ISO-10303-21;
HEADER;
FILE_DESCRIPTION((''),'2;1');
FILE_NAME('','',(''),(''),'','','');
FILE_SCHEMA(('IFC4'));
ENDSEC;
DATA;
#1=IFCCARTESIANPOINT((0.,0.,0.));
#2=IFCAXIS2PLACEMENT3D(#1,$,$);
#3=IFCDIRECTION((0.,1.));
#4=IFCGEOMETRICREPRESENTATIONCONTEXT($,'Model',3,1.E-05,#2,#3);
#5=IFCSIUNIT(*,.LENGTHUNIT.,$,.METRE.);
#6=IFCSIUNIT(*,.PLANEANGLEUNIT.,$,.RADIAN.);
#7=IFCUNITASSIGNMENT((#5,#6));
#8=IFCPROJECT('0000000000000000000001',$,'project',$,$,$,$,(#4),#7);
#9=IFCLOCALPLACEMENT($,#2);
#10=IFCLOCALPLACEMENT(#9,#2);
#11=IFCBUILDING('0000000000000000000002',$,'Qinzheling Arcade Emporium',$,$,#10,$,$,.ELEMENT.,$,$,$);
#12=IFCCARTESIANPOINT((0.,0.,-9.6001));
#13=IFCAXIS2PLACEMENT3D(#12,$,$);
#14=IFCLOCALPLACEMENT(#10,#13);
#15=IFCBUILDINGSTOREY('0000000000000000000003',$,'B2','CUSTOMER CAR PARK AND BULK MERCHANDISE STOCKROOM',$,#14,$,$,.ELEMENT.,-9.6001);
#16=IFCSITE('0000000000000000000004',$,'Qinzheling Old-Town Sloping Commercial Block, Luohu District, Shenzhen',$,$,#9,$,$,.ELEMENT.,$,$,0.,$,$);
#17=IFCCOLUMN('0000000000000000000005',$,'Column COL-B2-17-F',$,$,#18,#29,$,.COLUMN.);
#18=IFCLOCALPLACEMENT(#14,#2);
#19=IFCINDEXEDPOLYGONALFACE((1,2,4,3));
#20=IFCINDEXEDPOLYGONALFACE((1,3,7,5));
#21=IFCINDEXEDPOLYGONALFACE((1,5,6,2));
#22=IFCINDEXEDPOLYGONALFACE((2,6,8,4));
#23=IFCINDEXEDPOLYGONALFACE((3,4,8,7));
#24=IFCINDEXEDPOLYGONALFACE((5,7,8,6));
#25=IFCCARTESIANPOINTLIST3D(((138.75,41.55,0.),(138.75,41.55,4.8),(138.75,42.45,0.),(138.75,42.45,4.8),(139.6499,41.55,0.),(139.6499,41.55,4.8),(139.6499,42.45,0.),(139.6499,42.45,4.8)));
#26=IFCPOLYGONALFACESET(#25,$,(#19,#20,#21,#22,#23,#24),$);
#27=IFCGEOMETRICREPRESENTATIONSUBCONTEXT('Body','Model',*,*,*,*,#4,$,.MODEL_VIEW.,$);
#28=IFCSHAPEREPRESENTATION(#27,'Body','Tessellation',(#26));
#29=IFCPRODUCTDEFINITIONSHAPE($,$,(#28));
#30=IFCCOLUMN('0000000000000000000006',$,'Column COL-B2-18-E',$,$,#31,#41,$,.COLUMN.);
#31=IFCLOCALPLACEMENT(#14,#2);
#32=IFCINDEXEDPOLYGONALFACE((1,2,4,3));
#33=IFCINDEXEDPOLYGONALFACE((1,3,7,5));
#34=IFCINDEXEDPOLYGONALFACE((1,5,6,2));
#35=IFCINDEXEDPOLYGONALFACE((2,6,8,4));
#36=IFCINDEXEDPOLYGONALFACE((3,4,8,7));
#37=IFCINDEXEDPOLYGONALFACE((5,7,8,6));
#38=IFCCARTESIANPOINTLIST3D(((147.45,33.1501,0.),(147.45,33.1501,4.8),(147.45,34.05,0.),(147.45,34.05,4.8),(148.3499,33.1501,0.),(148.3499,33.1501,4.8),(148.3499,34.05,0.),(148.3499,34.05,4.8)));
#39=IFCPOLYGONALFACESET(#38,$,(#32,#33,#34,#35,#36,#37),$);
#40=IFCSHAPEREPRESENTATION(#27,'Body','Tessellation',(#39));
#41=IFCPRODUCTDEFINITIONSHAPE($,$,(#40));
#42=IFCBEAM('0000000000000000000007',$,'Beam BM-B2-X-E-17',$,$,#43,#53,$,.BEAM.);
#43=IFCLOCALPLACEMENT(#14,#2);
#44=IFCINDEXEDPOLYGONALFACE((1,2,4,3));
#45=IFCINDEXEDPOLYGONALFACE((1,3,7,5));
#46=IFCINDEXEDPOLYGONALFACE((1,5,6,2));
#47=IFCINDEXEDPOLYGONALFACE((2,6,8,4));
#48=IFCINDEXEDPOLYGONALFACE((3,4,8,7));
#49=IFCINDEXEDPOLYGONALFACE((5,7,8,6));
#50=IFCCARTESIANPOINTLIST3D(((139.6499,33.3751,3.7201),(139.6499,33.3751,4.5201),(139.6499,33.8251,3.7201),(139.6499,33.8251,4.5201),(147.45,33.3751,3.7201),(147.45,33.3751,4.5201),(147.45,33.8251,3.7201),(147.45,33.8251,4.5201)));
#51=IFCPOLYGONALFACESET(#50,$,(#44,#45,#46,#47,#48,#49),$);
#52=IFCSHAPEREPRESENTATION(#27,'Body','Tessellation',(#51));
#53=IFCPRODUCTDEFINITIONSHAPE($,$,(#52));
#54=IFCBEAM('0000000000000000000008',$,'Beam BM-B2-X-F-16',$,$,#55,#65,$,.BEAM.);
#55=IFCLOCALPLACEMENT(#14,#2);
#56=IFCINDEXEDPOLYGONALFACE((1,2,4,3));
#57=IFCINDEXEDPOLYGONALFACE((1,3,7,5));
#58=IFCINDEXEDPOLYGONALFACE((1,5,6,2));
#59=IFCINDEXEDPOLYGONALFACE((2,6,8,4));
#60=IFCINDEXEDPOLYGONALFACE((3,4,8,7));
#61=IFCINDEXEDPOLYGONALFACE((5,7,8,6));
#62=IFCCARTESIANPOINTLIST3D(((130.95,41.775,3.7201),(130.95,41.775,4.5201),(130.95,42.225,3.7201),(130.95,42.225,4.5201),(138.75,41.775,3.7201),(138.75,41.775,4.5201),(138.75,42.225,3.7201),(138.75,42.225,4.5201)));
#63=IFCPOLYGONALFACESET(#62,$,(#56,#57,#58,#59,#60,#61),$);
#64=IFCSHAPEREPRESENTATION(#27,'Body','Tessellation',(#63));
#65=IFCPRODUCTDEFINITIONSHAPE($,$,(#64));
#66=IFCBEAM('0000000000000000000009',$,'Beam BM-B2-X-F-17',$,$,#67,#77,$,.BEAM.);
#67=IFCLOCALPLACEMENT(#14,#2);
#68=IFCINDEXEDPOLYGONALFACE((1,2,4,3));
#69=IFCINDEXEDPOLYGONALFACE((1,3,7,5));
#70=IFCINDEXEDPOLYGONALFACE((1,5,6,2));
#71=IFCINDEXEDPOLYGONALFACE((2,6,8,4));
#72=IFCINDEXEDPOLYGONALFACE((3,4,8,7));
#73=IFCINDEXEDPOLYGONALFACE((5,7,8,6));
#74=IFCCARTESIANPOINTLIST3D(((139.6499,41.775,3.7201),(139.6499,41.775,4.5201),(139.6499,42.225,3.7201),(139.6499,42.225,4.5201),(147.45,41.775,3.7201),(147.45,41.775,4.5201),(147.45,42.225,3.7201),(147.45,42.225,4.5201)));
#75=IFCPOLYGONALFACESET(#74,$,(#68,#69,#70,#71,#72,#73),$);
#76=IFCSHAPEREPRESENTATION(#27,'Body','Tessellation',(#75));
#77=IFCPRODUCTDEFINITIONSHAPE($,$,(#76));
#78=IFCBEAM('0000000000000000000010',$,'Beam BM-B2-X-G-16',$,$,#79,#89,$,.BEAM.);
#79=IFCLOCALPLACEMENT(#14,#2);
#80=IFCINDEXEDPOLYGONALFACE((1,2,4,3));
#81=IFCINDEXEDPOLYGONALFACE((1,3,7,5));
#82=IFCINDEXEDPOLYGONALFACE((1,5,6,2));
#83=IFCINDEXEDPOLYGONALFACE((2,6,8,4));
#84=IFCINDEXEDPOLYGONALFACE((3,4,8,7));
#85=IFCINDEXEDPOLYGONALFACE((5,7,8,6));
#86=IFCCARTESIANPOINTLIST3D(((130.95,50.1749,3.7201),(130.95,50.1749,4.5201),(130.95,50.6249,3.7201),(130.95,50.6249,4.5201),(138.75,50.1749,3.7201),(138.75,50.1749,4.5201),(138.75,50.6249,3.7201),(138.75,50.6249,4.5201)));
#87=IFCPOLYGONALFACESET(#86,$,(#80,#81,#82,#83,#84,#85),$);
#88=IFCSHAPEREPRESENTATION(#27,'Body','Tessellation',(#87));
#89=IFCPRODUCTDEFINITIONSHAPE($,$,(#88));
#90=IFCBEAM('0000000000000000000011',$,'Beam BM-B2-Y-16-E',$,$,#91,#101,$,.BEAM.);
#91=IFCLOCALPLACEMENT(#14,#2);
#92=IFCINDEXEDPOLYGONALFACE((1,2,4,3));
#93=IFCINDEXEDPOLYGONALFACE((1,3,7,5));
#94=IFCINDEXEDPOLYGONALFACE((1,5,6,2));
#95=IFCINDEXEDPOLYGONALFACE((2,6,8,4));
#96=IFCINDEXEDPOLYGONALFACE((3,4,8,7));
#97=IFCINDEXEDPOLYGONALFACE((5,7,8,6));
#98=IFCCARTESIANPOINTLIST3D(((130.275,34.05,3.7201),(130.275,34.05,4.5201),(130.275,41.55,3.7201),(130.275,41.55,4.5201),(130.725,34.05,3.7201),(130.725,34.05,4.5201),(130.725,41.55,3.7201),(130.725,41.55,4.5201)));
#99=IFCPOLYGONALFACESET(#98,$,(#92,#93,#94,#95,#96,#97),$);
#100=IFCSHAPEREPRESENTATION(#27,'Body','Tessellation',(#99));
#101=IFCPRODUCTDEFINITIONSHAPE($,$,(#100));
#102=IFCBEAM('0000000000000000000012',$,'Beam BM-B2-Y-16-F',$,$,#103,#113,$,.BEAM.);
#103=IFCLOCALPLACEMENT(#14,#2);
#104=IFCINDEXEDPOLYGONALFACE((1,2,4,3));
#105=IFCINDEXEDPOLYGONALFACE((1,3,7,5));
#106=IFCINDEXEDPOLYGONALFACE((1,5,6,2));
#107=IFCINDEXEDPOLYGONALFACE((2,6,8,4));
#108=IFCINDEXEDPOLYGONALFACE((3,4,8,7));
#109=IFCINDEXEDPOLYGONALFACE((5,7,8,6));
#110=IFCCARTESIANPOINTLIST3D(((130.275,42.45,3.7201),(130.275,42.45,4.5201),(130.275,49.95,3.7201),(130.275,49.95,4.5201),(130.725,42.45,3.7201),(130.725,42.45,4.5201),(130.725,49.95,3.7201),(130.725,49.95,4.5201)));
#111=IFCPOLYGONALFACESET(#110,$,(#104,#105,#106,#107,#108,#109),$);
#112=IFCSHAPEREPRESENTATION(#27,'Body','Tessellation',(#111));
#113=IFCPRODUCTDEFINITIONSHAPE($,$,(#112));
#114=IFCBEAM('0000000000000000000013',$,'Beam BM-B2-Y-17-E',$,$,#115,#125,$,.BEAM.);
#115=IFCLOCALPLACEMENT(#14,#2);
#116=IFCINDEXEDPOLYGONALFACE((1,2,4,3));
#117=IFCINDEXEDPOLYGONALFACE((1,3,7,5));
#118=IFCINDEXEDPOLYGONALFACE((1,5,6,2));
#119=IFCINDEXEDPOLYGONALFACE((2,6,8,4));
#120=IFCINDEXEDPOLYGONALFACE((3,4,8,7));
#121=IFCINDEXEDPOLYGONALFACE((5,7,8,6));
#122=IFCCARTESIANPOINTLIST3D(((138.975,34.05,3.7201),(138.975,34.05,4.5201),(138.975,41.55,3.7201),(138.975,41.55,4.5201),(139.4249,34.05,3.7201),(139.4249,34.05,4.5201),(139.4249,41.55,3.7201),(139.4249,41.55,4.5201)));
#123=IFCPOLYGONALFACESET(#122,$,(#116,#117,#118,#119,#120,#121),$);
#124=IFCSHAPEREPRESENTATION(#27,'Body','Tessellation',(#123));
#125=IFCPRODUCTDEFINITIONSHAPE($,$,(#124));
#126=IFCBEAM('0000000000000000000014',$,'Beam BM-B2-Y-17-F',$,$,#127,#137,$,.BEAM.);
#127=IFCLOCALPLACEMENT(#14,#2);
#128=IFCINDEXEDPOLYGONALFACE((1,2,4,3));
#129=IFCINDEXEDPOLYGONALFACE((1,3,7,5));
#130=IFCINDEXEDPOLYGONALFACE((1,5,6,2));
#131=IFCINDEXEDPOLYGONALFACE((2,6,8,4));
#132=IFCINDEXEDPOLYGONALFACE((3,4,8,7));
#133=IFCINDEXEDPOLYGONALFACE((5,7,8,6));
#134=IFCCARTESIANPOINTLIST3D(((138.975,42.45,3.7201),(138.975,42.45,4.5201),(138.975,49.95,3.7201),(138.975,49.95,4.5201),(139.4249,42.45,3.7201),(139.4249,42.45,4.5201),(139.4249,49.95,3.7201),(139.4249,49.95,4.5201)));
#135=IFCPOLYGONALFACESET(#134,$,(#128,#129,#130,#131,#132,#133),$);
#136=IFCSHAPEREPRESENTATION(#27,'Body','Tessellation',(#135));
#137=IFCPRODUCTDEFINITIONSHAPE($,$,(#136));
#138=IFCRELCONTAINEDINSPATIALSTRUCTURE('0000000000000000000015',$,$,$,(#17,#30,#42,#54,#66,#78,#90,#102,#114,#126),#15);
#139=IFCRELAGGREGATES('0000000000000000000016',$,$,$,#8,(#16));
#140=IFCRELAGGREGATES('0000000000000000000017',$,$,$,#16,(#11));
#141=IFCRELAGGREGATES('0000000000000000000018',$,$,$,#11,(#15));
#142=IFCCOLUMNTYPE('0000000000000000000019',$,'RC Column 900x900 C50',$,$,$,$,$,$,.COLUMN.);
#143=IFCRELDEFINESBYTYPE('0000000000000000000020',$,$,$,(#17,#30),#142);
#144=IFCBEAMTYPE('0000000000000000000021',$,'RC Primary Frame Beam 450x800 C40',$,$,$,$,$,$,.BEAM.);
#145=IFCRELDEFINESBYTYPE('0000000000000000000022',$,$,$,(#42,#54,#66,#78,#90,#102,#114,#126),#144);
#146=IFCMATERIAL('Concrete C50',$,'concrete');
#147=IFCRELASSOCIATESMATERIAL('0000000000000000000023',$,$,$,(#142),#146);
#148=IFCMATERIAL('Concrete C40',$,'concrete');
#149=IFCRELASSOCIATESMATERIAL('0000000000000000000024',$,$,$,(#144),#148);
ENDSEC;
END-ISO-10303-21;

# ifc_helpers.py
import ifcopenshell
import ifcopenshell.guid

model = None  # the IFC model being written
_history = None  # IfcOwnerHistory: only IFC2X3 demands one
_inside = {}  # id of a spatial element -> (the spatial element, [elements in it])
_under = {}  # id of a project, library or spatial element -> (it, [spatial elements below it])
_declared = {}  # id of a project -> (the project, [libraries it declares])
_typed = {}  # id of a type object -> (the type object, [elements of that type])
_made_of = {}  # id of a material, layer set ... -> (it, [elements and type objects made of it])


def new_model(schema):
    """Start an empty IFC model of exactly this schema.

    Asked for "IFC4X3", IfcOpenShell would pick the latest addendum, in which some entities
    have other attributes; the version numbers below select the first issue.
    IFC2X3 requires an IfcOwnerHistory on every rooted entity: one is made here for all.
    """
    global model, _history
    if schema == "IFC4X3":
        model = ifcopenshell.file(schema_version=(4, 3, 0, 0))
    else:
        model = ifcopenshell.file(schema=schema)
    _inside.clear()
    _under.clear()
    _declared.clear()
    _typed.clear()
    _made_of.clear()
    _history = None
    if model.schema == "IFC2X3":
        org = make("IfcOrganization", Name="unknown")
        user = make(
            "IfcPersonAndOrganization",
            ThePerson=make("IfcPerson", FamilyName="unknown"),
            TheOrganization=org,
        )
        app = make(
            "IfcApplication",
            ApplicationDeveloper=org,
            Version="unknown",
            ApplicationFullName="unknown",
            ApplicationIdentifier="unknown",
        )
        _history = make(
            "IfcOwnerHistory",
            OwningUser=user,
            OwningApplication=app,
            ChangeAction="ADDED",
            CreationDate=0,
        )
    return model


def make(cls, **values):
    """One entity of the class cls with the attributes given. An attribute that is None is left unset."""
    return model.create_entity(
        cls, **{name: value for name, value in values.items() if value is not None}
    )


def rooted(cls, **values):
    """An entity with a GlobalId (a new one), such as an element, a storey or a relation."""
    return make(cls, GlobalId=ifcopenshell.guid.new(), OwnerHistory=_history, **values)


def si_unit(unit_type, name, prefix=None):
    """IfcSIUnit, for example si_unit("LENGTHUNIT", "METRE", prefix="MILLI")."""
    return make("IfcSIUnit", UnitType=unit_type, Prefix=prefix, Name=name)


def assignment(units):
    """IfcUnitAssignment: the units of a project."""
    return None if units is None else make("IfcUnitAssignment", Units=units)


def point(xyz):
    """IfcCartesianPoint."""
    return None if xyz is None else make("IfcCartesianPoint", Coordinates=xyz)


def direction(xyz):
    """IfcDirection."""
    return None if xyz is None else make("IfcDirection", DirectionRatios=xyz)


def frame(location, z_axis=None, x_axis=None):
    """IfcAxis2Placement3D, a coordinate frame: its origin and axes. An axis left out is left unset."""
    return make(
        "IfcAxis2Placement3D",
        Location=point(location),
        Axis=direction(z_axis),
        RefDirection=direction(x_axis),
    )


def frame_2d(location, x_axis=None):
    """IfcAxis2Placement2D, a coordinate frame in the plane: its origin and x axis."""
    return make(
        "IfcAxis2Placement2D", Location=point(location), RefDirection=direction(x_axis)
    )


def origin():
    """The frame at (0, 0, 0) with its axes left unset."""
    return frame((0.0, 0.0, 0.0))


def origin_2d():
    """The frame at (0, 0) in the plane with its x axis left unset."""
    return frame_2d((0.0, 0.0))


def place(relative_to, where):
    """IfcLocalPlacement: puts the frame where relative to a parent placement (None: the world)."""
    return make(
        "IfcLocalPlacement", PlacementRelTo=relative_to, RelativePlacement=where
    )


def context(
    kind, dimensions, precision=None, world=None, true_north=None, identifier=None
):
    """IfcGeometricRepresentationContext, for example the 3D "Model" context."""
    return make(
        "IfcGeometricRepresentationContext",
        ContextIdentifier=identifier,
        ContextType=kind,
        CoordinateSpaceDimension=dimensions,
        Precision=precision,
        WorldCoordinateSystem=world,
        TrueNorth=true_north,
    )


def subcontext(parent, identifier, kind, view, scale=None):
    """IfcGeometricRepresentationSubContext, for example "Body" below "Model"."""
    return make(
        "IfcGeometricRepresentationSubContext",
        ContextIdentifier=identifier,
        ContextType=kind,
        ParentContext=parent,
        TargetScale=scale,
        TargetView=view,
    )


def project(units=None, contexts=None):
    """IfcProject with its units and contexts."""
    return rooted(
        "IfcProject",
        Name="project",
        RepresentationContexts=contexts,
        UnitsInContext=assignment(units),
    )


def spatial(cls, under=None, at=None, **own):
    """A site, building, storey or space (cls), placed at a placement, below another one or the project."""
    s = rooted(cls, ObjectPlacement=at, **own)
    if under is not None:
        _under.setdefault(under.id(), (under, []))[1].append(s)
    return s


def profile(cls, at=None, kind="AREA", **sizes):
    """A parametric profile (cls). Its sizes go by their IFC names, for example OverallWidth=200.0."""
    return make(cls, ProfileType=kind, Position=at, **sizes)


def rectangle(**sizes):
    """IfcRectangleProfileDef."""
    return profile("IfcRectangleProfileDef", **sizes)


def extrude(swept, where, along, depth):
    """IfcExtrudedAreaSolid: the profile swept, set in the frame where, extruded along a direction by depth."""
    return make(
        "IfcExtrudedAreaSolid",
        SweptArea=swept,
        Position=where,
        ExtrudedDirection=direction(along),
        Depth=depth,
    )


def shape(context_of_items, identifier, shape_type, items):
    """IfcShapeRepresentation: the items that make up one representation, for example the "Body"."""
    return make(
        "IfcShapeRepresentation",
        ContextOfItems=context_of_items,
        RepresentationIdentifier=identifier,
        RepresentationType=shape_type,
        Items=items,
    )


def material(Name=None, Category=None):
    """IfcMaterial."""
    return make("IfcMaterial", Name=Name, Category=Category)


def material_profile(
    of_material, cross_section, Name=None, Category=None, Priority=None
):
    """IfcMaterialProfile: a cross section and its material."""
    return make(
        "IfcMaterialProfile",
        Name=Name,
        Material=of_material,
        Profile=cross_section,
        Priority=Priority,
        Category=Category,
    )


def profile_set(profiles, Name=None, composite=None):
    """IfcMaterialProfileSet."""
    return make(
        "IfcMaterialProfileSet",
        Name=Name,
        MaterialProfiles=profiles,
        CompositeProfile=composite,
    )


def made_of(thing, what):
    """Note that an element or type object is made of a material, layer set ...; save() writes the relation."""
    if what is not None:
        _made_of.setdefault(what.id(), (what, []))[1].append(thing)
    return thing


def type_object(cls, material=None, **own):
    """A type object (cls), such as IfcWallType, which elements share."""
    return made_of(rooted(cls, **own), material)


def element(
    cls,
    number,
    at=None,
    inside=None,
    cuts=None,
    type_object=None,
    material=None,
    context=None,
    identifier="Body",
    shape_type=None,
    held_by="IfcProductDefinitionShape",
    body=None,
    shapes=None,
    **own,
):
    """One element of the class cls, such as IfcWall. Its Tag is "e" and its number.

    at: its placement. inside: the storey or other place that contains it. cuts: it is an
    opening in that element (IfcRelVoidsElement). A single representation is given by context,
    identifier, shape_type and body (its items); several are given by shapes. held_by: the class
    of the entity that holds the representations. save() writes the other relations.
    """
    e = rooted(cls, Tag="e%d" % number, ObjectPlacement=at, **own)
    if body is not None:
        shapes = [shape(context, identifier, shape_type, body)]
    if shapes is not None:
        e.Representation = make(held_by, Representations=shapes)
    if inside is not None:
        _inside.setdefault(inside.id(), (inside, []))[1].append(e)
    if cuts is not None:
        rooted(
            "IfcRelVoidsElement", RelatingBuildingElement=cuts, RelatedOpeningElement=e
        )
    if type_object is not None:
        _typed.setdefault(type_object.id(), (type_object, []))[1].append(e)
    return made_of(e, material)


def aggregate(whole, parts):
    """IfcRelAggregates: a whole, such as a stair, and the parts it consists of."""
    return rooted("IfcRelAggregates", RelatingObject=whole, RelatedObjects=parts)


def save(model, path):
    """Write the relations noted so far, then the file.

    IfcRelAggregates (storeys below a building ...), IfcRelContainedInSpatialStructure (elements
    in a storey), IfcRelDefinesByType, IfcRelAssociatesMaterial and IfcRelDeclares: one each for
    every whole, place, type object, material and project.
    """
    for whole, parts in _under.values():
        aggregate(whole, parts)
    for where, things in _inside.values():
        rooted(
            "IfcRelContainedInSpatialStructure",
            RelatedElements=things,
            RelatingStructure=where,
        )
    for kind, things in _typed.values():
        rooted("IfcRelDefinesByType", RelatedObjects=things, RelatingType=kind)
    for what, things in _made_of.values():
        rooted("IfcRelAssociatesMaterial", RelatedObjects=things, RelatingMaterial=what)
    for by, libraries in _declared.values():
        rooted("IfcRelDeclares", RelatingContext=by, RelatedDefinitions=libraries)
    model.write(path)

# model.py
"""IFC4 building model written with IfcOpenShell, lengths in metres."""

from ifc_helpers import new_model, si_unit, direction, frame, origin, origin_2d, place, context, subcontext, project, spatial, rectangle, extrude, material, material_profile, profile_set, type_object, element, save


model = new_model("IFC4")

# Units and contexts
model_context = context("Model", 3, precision=1e-05, world=origin(), true_north=direction((0.0, 1.0)))
body_context = subcontext(model_context, "Body", "Model", "MODEL_VIEW")
ifc_project = project(units=[si_unit("LENGTHUNIT", "METRE"), si_unit("PLANEANGLEUNIT", "RADIAN")], contexts=[model_context])

# Site, building, storey
site_placement = place(None, origin())
site = spatial("IfcSite", under=ifc_project, at=site_placement, Name="Qinzheling Old-Town Sloping Commercial Block, Luohu District, Shenzhen", CompositionType="ELEMENT", RefElevation=0.0)
building_placement = place(site_placement, origin())
building = spatial("IfcBuilding", under=site, at=building_placement, Name="Qinzheling Arcade Emporium", CompositionType="ELEMENT")
storey_placement = place(building_placement, frame((0.0, 0.0, -9.6001)))
storey = spatial("IfcBuildingStorey", under=building, at=storey_placement, Name="B2", Description="CUSTOMER CAR PARK AND BULK MERCHANDISE STOCKROOM", CompositionType="ELEMENT", Elevation=-9.6001)

# Shared definitions
ifc_material_1 = material(Name="Concrete C40", Category="concrete")

# Columns
ifc_material_2 = material(Name="Concrete C50", Category="concrete")
ifc_material_profile_1 = material_profile(ifc_material_2, rectangle(XDim=0.8999, YDim=0.8999, at=origin_2d()), Name="RC 900x900", Category="concrete")
ifc_profile_set_1 = profile_set([ifc_material_profile_1], Name="Concrete C50")
column_type = type_object("IfcColumnType", Name="RC Column 900x900 C50", PredefinedType="COLUMN", material=ifc_profile_set_1)
for number, where, z_axis, x_axis, name in (
    (1, (139.2, 42.0, 0.0), (0.0, 0.0, 1.0), (1.0, 0.0, 0.0), "Column COL-B2-17-F"),
    (2, (147.8999, 33.6001, 0.0), (0.0, 0.0, 1.0), (1.0, 0.0, 0.0), "Column COL-B2-18-E"),
):
    element("IfcColumn", number, at=place(storey_placement, frame(where, z_axis=z_axis, x_axis=x_axis)), inside=storey, type_object=column_type, Name=name, PredefinedType="COLUMN", context=body_context, shape_type="SweptSolid", body=[
        extrude(rectangle(XDim=0.8999, YDim=0.8999, at=origin_2d()), origin(), (0.0, 0.0, 1.0), 4.8),
    ])

# Beams
ifc_material_profile_2 = material_profile(ifc_material_1, rectangle(XDim=0.45, YDim=0.8, at=origin_2d()), Name="RC 450x800", Category="concrete")
ifc_profile_set_2 = profile_set([ifc_material_profile_2], Name="Concrete C40")
beam_type = type_object("IfcBeamType", Name="RC Primary Frame Beam 450x800 C40", PredefinedType="BEAM", material=ifc_profile_set_2)
for number, where, z_axis, x_axis, name in (
    (3, (139.6499, 33.6001, 4.1201), (1.0, 0.0, 0.0), (0.0, 1.0, 0.0), "Beam BM-B2-X-E-17"),
    (4, (130.95, 42.0, 4.1201), (1.0, 0.0, 0.0), (0.0, 1.0, 0.0), "Beam BM-B2-X-F-16"),
    (5, (139.6499, 42.0, 4.1201), (1.0, 0.0, 0.0), (0.0, 1.0, 0.0), "Beam BM-B2-X-F-17"),
    (6, (130.95, 50.3999, 4.1201), (1.0, 0.0, 0.0), (0.0, 1.0, 0.0), "Beam BM-B2-X-G-16"),
):
    element("IfcBeam", number, at=place(storey_placement, frame(where, z_axis=z_axis, x_axis=x_axis)), inside=storey, type_object=beam_type, Name=name, PredefinedType="BEAM", context=body_context, shape_type="SweptSolid", body=[
        extrude(rectangle(XDim=0.45, YDim=0.8, at=origin_2d()), origin(), (0.0, 0.0, 1.0), 7.8),
    ])
for number, where, z_axis, x_axis, name in (
    (7, (130.5, 34.05, 4.1201), (0.0, 1.0, 0.0), (-1.0, 0.0, 0.0), "Beam BM-B2-Y-16-E"),
    (8, (130.5, 42.45, 4.1201), (0.0, 1.0, 0.0), (-1.0, 0.0, 0.0), "Beam BM-B2-Y-16-F"),
    (9, (139.2, 34.05, 4.1201), (0.0, 1.0, 0.0), (-1.0, 0.0, 0.0), "Beam BM-B2-Y-17-E"),
    (10, (139.2, 42.45, 4.1201), (0.0, 1.0, 0.0), (-1.0, 0.0, 0.0), "Beam BM-B2-Y-17-F"),
):
    element("IfcBeam", number, at=place(storey_placement, frame(where, z_axis=z_axis, x_axis=x_axis)), inside=storey, type_object=beam_type, Name=name, PredefinedType="BEAM", context=body_context, shape_type="SweptSolid", body=[
        extrude(rectangle(XDim=0.45, YDim=0.8, at=origin_2d()), origin(), (0.0, 0.0, 1.0), 7.5),
    ])

save(model, "model.ifc")
